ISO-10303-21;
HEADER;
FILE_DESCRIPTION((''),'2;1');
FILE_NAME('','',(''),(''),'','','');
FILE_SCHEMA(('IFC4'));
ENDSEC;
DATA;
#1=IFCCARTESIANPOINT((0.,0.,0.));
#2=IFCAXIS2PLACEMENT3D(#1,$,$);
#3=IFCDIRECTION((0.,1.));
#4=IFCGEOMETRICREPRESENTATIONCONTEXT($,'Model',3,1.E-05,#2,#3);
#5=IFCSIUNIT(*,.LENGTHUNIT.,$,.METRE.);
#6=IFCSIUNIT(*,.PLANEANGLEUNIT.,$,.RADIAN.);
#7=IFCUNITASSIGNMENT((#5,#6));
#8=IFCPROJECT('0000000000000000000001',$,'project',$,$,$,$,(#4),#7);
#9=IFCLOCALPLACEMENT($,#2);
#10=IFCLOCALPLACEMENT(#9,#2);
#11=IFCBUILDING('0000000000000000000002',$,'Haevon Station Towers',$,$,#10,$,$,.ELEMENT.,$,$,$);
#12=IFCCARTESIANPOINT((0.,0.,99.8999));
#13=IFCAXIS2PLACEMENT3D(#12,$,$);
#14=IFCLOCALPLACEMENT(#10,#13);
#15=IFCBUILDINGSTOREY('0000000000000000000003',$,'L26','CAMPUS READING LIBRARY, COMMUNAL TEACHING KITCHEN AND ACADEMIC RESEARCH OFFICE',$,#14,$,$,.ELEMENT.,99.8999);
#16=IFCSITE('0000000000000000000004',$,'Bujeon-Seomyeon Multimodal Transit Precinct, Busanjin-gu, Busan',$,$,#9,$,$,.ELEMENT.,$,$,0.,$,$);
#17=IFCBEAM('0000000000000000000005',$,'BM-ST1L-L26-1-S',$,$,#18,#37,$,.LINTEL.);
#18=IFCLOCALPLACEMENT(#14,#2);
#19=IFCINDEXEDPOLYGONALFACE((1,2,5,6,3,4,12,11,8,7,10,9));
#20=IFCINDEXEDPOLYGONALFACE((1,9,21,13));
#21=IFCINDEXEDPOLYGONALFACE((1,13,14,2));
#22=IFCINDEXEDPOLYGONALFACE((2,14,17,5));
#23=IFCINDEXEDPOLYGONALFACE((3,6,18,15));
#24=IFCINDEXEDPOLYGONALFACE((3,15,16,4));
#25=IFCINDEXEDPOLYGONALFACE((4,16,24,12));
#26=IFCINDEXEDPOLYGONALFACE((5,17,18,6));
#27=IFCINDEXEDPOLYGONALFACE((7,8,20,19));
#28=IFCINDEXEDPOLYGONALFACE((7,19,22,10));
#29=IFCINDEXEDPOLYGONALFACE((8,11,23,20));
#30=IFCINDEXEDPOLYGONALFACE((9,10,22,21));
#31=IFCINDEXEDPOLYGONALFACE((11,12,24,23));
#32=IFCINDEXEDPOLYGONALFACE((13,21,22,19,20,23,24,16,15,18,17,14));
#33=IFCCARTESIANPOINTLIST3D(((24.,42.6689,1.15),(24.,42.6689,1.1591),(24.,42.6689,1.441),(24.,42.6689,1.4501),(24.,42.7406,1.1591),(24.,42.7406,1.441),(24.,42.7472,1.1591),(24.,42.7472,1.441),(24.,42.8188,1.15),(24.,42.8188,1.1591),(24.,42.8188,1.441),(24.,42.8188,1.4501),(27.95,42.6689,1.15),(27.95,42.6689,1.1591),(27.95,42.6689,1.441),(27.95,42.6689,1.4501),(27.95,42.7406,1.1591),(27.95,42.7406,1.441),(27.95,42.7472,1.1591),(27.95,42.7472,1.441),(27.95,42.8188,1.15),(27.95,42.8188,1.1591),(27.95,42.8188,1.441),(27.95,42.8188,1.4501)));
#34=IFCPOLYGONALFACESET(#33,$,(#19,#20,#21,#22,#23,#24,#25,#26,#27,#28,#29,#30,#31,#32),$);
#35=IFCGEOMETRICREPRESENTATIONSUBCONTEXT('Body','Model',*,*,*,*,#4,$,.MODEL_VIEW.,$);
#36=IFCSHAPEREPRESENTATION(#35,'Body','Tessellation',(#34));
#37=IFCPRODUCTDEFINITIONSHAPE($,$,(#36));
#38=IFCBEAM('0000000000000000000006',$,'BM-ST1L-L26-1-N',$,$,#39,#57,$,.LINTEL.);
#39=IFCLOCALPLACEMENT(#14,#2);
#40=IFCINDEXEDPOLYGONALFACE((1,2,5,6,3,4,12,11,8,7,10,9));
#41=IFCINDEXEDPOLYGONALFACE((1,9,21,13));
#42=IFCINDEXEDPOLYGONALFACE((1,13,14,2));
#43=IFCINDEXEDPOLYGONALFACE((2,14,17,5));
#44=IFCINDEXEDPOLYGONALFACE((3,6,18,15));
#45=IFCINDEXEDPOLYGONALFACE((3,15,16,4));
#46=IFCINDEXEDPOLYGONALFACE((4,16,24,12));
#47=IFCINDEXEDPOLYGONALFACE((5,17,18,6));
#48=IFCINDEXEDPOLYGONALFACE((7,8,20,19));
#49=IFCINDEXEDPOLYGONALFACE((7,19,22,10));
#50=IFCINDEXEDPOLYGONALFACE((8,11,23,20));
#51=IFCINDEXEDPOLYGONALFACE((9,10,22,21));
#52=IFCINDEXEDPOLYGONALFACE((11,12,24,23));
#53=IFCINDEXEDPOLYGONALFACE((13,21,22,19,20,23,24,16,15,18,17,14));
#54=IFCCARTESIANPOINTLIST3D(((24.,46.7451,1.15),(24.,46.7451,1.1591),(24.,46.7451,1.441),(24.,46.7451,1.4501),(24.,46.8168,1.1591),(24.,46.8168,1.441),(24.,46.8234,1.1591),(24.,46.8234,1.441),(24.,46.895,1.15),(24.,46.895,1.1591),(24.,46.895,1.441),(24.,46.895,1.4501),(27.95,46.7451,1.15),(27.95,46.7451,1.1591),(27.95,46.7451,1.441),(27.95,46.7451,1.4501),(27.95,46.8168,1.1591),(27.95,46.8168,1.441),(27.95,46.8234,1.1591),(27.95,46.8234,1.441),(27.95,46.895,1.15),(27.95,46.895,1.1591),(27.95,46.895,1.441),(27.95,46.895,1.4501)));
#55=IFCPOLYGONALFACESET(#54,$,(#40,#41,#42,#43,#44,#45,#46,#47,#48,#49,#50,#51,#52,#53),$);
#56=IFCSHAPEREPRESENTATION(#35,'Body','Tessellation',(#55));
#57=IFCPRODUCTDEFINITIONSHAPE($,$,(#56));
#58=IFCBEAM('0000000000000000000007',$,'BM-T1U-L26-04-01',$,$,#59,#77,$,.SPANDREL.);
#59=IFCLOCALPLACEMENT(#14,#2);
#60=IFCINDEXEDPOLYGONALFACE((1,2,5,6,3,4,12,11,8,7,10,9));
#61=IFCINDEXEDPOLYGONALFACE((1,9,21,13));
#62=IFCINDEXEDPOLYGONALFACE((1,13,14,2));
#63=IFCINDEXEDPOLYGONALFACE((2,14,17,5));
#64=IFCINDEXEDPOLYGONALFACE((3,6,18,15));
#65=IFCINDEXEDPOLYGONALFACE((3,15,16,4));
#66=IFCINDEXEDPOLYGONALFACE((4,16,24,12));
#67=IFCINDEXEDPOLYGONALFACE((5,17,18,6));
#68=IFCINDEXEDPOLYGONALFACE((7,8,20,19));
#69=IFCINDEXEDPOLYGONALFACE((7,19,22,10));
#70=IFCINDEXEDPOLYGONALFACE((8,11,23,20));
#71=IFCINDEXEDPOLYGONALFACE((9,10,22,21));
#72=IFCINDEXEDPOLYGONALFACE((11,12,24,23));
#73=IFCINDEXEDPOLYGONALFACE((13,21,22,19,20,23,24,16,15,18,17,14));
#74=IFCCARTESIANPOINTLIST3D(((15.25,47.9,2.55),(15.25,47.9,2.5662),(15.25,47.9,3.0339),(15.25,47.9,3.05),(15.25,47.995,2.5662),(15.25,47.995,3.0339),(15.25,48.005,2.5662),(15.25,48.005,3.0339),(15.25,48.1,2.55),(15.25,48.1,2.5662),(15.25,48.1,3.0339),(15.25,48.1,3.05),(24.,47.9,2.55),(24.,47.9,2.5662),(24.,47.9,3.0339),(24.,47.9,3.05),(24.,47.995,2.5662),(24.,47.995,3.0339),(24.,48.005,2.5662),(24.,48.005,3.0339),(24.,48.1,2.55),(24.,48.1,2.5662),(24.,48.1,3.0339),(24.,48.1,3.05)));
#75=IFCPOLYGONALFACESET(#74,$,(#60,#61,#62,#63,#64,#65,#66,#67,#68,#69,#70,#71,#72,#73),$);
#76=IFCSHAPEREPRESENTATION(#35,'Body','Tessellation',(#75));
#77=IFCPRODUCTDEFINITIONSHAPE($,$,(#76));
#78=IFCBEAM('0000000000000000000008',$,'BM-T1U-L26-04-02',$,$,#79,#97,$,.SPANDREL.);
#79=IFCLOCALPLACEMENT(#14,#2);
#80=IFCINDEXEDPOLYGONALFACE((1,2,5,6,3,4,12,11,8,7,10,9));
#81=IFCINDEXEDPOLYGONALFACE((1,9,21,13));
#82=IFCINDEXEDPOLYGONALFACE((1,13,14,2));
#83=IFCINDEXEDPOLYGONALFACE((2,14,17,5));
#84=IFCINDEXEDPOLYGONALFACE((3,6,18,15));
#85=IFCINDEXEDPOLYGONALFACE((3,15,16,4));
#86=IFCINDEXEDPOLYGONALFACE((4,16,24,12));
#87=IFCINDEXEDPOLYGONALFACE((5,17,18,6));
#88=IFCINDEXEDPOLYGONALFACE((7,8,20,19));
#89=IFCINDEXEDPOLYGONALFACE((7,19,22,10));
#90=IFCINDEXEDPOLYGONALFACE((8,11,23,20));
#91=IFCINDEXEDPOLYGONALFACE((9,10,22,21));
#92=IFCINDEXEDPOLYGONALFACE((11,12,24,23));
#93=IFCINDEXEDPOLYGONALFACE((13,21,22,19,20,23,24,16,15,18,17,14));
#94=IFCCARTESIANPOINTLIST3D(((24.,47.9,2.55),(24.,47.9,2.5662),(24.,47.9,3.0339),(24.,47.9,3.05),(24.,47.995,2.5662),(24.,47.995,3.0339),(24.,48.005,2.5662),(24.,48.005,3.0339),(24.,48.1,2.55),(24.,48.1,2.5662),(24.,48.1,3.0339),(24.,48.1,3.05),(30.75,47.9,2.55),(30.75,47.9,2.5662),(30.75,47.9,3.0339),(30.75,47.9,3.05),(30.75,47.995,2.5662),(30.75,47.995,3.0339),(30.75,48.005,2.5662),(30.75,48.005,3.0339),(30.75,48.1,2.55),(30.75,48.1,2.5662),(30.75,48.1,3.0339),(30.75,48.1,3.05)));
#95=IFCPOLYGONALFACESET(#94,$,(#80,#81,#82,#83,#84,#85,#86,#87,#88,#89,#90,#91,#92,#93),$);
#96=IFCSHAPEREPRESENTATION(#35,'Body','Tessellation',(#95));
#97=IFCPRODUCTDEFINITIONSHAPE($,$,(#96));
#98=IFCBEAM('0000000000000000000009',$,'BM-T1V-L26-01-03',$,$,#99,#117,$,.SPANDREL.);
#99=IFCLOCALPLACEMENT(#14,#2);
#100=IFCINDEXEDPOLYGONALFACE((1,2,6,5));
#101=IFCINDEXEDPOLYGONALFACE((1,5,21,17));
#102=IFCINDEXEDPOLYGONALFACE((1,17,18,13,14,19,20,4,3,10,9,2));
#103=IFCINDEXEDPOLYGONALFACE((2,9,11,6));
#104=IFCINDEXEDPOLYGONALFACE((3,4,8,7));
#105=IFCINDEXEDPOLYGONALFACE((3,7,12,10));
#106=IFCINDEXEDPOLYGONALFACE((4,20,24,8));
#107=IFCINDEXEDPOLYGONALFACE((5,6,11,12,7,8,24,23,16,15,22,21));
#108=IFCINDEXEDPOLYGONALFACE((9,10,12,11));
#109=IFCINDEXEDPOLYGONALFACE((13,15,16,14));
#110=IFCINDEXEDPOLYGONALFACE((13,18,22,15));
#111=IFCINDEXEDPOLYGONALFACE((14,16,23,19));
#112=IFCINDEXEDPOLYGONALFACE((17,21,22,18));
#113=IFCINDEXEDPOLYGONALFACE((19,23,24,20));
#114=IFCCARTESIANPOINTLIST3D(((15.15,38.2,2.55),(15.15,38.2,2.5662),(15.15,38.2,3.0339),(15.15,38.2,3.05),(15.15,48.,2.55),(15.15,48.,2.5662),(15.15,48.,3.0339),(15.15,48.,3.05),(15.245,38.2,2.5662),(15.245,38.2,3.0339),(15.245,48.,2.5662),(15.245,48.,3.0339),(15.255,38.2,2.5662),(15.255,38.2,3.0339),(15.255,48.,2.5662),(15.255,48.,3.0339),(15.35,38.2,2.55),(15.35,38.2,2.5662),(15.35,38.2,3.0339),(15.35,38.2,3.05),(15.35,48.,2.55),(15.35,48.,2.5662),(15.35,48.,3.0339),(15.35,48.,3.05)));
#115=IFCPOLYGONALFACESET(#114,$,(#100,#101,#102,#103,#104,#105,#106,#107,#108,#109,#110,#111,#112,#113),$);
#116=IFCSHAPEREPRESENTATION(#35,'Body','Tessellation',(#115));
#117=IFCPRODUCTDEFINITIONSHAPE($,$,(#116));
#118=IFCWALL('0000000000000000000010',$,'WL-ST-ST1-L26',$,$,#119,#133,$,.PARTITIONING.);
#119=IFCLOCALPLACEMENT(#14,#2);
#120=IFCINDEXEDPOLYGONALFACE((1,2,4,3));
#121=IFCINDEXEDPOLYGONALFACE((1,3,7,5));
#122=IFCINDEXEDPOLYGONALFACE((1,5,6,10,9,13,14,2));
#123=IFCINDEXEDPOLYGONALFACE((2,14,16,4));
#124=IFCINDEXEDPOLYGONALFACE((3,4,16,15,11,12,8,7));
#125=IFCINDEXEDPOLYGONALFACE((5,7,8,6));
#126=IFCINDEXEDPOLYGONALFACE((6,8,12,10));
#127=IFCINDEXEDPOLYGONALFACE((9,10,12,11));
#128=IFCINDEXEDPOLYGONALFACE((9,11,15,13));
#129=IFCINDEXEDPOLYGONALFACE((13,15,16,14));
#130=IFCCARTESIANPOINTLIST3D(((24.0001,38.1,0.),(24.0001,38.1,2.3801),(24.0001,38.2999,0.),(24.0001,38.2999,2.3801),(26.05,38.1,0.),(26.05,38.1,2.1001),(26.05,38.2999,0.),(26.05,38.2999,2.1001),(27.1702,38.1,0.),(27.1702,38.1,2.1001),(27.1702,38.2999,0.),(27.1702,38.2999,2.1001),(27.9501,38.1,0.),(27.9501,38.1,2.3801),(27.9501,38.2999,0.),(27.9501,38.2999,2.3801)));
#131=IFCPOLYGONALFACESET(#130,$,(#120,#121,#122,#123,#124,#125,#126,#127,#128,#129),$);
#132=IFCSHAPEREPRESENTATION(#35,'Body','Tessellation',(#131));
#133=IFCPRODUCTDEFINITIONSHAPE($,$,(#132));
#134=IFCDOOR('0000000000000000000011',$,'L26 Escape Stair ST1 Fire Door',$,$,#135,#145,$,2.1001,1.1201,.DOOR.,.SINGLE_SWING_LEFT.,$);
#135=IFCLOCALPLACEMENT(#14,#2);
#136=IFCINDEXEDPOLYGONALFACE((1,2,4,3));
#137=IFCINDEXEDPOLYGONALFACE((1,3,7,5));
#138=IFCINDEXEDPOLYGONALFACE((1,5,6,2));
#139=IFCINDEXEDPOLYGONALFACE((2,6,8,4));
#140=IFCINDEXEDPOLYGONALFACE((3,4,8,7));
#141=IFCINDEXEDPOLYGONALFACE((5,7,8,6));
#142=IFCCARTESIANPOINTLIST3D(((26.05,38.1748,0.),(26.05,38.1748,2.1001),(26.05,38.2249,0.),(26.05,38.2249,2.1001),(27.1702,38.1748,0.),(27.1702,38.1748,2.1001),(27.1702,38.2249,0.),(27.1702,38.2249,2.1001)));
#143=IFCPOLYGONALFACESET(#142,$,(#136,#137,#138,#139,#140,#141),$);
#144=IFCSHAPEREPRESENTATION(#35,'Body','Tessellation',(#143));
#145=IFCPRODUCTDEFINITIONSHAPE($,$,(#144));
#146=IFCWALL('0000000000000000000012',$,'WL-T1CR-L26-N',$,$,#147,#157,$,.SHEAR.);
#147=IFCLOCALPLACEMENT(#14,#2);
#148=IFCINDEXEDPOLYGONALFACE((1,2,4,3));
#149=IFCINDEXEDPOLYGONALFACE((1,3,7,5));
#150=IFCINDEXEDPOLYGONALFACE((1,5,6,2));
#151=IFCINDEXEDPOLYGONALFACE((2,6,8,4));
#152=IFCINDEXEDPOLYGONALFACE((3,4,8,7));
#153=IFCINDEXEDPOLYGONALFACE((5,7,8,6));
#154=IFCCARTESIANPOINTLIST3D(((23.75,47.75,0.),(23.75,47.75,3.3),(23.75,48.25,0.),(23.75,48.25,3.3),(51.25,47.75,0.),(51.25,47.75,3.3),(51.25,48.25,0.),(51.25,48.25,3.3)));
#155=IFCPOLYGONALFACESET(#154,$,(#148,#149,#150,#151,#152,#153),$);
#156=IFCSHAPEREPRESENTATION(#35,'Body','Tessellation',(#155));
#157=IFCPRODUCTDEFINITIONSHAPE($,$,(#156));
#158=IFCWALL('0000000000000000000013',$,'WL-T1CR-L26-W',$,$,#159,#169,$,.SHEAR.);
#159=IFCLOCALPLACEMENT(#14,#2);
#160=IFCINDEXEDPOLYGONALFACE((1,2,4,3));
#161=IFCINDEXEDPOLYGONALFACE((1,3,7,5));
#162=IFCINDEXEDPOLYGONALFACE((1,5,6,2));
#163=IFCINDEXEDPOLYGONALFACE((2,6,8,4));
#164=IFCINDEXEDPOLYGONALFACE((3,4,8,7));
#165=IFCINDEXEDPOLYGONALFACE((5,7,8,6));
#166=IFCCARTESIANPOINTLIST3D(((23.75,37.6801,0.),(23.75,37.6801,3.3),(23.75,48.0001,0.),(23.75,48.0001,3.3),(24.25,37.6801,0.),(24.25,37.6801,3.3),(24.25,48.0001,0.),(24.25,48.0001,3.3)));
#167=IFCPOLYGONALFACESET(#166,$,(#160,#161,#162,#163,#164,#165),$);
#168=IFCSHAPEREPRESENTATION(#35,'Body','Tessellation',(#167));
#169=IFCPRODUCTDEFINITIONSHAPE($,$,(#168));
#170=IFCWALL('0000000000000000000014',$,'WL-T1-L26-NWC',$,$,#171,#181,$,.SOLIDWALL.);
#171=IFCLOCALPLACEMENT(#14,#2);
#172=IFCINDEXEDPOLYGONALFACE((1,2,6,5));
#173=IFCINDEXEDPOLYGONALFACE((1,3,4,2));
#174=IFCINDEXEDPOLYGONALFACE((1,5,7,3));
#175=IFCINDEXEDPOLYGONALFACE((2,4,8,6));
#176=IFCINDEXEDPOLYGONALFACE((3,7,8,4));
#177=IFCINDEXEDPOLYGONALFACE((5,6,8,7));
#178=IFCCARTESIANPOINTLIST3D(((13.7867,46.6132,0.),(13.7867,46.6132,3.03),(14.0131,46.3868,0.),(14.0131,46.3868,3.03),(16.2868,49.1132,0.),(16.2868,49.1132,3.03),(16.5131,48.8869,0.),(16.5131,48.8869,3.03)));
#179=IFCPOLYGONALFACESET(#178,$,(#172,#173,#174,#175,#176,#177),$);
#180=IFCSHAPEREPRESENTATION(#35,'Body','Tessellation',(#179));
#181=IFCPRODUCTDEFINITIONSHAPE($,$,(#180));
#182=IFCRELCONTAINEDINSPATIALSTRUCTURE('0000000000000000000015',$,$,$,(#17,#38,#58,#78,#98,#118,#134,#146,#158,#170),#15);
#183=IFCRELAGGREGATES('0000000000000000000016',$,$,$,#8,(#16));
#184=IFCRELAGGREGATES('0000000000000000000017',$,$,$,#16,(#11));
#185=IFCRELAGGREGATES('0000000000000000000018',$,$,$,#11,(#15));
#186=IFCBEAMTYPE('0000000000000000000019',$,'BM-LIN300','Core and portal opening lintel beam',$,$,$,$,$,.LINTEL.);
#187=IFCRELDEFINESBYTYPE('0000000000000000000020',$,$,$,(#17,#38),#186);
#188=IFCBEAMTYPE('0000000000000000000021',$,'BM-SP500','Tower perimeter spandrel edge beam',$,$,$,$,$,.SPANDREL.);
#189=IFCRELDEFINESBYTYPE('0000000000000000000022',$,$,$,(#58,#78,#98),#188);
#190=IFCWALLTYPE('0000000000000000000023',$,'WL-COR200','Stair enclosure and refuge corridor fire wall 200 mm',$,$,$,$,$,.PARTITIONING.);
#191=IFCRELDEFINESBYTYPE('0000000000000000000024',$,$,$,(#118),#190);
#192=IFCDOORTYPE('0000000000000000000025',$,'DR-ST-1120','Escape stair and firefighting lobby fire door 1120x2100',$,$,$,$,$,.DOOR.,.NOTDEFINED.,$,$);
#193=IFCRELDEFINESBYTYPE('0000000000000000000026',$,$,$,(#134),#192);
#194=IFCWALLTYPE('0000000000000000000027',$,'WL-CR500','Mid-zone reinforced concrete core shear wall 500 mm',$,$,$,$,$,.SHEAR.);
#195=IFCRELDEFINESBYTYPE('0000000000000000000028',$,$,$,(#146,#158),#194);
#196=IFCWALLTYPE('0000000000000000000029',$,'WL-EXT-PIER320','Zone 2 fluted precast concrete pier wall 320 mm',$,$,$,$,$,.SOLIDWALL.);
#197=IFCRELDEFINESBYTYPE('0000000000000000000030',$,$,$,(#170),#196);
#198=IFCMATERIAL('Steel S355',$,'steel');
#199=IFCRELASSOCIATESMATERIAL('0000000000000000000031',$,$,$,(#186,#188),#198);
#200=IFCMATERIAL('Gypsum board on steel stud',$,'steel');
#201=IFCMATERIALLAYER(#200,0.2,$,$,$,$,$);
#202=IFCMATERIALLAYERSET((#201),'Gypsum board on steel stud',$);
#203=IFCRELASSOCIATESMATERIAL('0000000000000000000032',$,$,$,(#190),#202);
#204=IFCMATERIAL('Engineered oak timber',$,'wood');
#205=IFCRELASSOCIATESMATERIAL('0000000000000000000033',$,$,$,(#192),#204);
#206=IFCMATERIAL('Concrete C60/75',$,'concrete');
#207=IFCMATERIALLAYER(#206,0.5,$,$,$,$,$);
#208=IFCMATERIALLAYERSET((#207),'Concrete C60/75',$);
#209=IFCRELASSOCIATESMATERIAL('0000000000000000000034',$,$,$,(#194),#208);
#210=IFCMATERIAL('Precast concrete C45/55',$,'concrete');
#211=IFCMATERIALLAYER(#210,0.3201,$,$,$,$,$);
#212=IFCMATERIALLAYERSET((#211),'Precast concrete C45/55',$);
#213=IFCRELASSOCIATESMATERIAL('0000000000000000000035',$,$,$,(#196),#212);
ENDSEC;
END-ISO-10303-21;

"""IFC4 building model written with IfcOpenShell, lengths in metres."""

from ifc_helpers import new_model, si_unit, direction, frame, frame_2d, origin, origin_2d, place, context, subcontext, project, spatial, rectangle, i_section, extrude, material, layer, layer_set, material_profile, profile_set, type_object, element, fill, save


model = new_model("IFC4")

# Units and contexts
model_context = context("Model", 3, precision=1e-05, world=origin(), true_north=direction((0.0, 1.0)))
body_context = subcontext(model_context, "Body", "Model", "MODEL_VIEW")
ifc_project = project(units=[si_unit("LENGTHUNIT", "METRE"), si_unit("PLANEANGLEUNIT", "RADIAN")], contexts=[model_context])

# Site, building, storey
site_placement = place(None, origin())
site = spatial("IfcSite", under=ifc_project, at=site_placement, Name="Bujeon-Seomyeon Multimodal Transit Precinct, Busanjin-gu, Busan", CompositionType="ELEMENT", RefElevation=0.0)
building_placement = place(site_placement, origin())
building = spatial("IfcBuilding", under=site, at=building_placement, Name="Haevon Station Towers", CompositionType="ELEMENT")
storey_placement = place(building_placement, frame((0.0, 0.0, 99.8999)))
storey = spatial("IfcBuildingStorey", under=building, at=storey_placement, Name="L26", Description="CAMPUS READING LIBRARY, COMMUNAL TEACHING KITCHEN AND ACADEMIC RESEARCH OFFICE", CompositionType="ELEMENT", Elevation=99.8999)

# Beams
ifc_material_1 = material(Name="Steel S355", Category="steel")
ifc_material_profile_1 = material_profile(ifc_material_1, i_section(OverallWidth=0.1499, OverallDepth=0.3, WebThickness=0.0066, FlangeThickness=0.009, at=origin_2d()), Name="H-300x150x6.5x9")
ifc_profile_set_1 = profile_set([ifc_material_profile_1], Name="Steel S355")
beam_type_1 = type_object("IfcBeamType", Name="BM-LIN300", Description="Core and portal opening lintel beam", PredefinedType="LINTEL", material=ifc_profile_set_1)
for number, where, z_axis, x_axis, name in (
    (1, (24.0, 42.7439, 1.3), (1.0, 0.0, 0.0), (0.0, 1.0, 0.0), "BM-ST1L-L26-1-S"),
    (2, (24.0, 46.8201, 1.3), (1.0, 0.0, 0.0), (0.0, 1.0, 0.0), "BM-ST1L-L26-1-N"),
):
    element("IfcBeam", number, at=place(storey_placement, frame(where, z_axis=z_axis, x_axis=x_axis)), inside=storey, type_object=beam_type_1, Name=name, PredefinedType="LINTEL", context=body_context, shape_type="SweptSolid", body=[
        extrude(i_section(OverallWidth=0.1499, OverallDepth=0.3, WebThickness=0.0066, FlangeThickness=0.009, at=origin_2d()), origin(), (0.0, 0.0, 1.0), 3.95),
    ])
ifc_material_profile_2 = material_profile(ifc_material_1, i_section(OverallWidth=0.2, OverallDepth=0.5, WebThickness=0.01, FlangeThickness=0.0161, at=origin_2d()), Name="H-500x200x10x16")
ifc_profile_set_2 = profile_set([ifc_material_profile_2], Name="Steel S355")
beam_type_2 = type_object("IfcBeamType", Name="BM-SP500", Description="Tower perimeter spandrel edge beam", PredefinedType="SPANDREL", material=ifc_profile_set_2)
beam_1_placement = place(storey_placement, frame((15.25, 48.0, 2.8), z_axis=(1.0, 0.0, 0.0), x_axis=(0.0, 1.0, 0.0)))
element("IfcBeam", 3, at=beam_1_placement, inside=storey, type_object=beam_type_2, Name="BM-T1U-L26-04-01", PredefinedType="SPANDREL", context=body_context, shape_type="SweptSolid", body=[
    extrude(i_section(OverallWidth=0.2, OverallDepth=0.5, WebThickness=0.01, FlangeThickness=0.0161, at=origin_2d()), origin(), (0.0, 0.0, 1.0), 8.75),
])
beam_2_placement = place(storey_placement, frame((24.0, 48.0, 2.8), z_axis=(1.0, 0.0, 0.0), x_axis=(0.0, 1.0, 0.0)))
element("IfcBeam", 4, at=beam_2_placement, inside=storey, type_object=beam_type_2, Name="BM-T1U-L26-04-02", PredefinedType="SPANDREL", context=body_context, shape_type="SweptSolid", body=[
    extrude(i_section(OverallWidth=0.2, OverallDepth=0.5, WebThickness=0.01, FlangeThickness=0.0161, at=origin_2d()), origin(), (0.0, 0.0, 1.0), 6.75),
])
beam_3_placement = place(storey_placement, frame((15.25, 38.2, 2.8), z_axis=(0.0, 1.0, 0.0), x_axis=(-1.0, 0.0, 0.0)))
element("IfcBeam", 5, at=beam_3_placement, inside=storey, type_object=beam_type_2, Name="BM-T1V-L26-01-03", PredefinedType="SPANDREL", context=body_context, shape_type="SweptSolid", body=[
    extrude(i_section(OverallWidth=0.2, OverallDepth=0.5, WebThickness=0.01, FlangeThickness=0.0161, at=origin_2d()), origin(), (0.0, 0.0, 1.0), 9.8),
])

# Wall, opening, door
ifc_material_2 = material(Name="Gypsum board on steel stud", Category="steel")
ifc_layer_1 = layer(ifc_material_2, 0.2)
ifc_layer_set_1 = layer_set([ifc_layer_1], Name="Gypsum board on steel stud")
wall_type_1 = type_object("IfcWallType", Name="WL-COR200", Description="Stair enclosure and refuge corridor fire wall 200 mm", PredefinedType="PARTITIONING", material=ifc_layer_set_1)
wall_1_placement = place(storey_placement, frame((24.0, 38.2, 0.0), z_axis=(0.0, 0.0, 1.0), x_axis=(1.0, 0.0, 0.0)))
wall_1 = element("IfcWall", 6, at=wall_1_placement, inside=storey, type_object=wall_type_1, Name="WL-ST-ST1-L26", PredefinedType="PARTITIONING", context=body_context, shape_type="SweptSolid", body=[
    extrude(rectangle(XDim=3.95, YDim=0.2, at=frame_2d((1.9751, 0.0))), origin(), (0.0, 0.0, 1.0), 2.3801),
])
opening_1_placement = place(wall_1_placement, frame((2.05, 0.0, 0.0)))
opening_1 = element("IfcOpeningElement", 7, at=opening_1_placement, cuts=wall_1, PredefinedType="OPENING", context=body_context, shape_type="SweptSolid", body=[
    extrude(rectangle(XDim=1.1201, YDim=2.1001, at=frame_2d((0.5601, 1.05))), frame((0.0, 0.1099, 0.0), z_axis=(0.0, -1.0, 0.0), x_axis=(1.0, 0.0, 0.0)), (0.0, 0.0, 1.0), 0.22),
])
ifc_material_3 = material(Name="Engineered oak timber", Category="wood")
door_type_1 = type_object("IfcDoorType", Name="DR-ST-1120", Description="Escape stair and firefighting lobby fire door 1120x2100", OperationType="NOTDEFINED", PredefinedType="DOOR", material=ifc_material_3)
door_1_placement = place(opening_1_placement, origin())
door_1 = element("IfcDoor", 8, at=door_1_placement, inside=storey, type_object=door_type_1, Name="L26 Escape Stair ST1 Fire Door", OperationType="SINGLE_SWING_LEFT", OverallHeight=2.1001, OverallWidth=1.1201, PredefinedType="DOOR", context=body_context, shape_type="SweptSolid", body=[
    extrude(rectangle(XDim=1.1201, YDim=2.1001, at=frame_2d((0.5601, 1.05))), frame((0.0, 0.0249, 0.0), z_axis=(0.0, -1.0, 0.0), x_axis=(1.0, 0.0, 0.0)), (0.0, 0.0, 1.0), 0.05),
])
fill(opening_1, door_1)

# Walls
ifc_material_4 = material(Name="Concrete C60/75", Category="concrete")
ifc_layer_2 = layer(ifc_material_4, 0.5)
ifc_layer_set_2 = layer_set([ifc_layer_2], Name="Concrete C60/75")
wall_type_2 = type_object("IfcWallType", Name="WL-CR500", Description="Mid-zone reinforced concrete core shear wall 500 mm", PredefinedType="SHEAR", material=ifc_layer_set_2)
wall_2_placement = place(storey_placement, frame((23.75, 48.0, 0.0), z_axis=(0.0, 0.0, 1.0), x_axis=(1.0, 0.0, 0.0)))
element("IfcWall", 9, at=wall_2_placement, inside=storey, type_object=wall_type_2, Name="WL-T1CR-L26-N", PredefinedType="SHEAR", context=body_context, shape_type="SweptSolid", body=[
    extrude(rectangle(XDim=27.5, YDim=0.5, at=frame_2d((13.75, 0.0))), origin(), (0.0, 0.0, 1.0), 3.3),
])
wall_3_placement = place(storey_placement, frame((24.0, 37.6799, 0.0), z_axis=(0.0, 0.0, 1.0), x_axis=(0.0, 1.0, 0.0)))
element("IfcWall", 10, at=wall_3_placement, inside=storey, type_object=wall_type_2, Name="WL-T1CR-L26-W", PredefinedType="SHEAR", context=body_context, shape_type="SweptSolid", body=[
    extrude(rectangle(XDim=10.3201, YDim=0.5, at=frame_2d((5.1602, 0.0))), origin(), (0.0, 0.0, 1.0), 3.3),
])
ifc_material_5 = material(Name="Precast concrete C45/55", Category="concrete")
ifc_layer_3 = layer(ifc_material_5, 0.3201)
ifc_layer_set_3 = layer_set([ifc_layer_3], Name="Precast concrete C45/55")
wall_type_3 = type_object("IfcWallType", Name="WL-EXT-PIER320", Description="Zone 2 fluted precast concrete pier wall 320 mm", PredefinedType="SOLIDWALL", material=ifc_layer_set_3)
wall_4_placement = place(storey_placement, frame((13.8999, 46.5, 0.0), z_axis=(0.0, 0.0, 1.0), x_axis=(0.707107, 0.707107, 0.0)))
element("IfcWall", 11, at=wall_4_placement, inside=storey, type_object=wall_type_3, Name="WL-T1-L26-NWC", PredefinedType="SOLIDWALL", context=body_context, shape_type="SweptSolid", body=[
    extrude(rectangle(XDim=3.5356, YDim=0.3201, at=frame_2d((1.7678, 0.0))), origin(), (0.0, 0.0, 1.0), 3.03),
])

save(model, "model.ifc")
